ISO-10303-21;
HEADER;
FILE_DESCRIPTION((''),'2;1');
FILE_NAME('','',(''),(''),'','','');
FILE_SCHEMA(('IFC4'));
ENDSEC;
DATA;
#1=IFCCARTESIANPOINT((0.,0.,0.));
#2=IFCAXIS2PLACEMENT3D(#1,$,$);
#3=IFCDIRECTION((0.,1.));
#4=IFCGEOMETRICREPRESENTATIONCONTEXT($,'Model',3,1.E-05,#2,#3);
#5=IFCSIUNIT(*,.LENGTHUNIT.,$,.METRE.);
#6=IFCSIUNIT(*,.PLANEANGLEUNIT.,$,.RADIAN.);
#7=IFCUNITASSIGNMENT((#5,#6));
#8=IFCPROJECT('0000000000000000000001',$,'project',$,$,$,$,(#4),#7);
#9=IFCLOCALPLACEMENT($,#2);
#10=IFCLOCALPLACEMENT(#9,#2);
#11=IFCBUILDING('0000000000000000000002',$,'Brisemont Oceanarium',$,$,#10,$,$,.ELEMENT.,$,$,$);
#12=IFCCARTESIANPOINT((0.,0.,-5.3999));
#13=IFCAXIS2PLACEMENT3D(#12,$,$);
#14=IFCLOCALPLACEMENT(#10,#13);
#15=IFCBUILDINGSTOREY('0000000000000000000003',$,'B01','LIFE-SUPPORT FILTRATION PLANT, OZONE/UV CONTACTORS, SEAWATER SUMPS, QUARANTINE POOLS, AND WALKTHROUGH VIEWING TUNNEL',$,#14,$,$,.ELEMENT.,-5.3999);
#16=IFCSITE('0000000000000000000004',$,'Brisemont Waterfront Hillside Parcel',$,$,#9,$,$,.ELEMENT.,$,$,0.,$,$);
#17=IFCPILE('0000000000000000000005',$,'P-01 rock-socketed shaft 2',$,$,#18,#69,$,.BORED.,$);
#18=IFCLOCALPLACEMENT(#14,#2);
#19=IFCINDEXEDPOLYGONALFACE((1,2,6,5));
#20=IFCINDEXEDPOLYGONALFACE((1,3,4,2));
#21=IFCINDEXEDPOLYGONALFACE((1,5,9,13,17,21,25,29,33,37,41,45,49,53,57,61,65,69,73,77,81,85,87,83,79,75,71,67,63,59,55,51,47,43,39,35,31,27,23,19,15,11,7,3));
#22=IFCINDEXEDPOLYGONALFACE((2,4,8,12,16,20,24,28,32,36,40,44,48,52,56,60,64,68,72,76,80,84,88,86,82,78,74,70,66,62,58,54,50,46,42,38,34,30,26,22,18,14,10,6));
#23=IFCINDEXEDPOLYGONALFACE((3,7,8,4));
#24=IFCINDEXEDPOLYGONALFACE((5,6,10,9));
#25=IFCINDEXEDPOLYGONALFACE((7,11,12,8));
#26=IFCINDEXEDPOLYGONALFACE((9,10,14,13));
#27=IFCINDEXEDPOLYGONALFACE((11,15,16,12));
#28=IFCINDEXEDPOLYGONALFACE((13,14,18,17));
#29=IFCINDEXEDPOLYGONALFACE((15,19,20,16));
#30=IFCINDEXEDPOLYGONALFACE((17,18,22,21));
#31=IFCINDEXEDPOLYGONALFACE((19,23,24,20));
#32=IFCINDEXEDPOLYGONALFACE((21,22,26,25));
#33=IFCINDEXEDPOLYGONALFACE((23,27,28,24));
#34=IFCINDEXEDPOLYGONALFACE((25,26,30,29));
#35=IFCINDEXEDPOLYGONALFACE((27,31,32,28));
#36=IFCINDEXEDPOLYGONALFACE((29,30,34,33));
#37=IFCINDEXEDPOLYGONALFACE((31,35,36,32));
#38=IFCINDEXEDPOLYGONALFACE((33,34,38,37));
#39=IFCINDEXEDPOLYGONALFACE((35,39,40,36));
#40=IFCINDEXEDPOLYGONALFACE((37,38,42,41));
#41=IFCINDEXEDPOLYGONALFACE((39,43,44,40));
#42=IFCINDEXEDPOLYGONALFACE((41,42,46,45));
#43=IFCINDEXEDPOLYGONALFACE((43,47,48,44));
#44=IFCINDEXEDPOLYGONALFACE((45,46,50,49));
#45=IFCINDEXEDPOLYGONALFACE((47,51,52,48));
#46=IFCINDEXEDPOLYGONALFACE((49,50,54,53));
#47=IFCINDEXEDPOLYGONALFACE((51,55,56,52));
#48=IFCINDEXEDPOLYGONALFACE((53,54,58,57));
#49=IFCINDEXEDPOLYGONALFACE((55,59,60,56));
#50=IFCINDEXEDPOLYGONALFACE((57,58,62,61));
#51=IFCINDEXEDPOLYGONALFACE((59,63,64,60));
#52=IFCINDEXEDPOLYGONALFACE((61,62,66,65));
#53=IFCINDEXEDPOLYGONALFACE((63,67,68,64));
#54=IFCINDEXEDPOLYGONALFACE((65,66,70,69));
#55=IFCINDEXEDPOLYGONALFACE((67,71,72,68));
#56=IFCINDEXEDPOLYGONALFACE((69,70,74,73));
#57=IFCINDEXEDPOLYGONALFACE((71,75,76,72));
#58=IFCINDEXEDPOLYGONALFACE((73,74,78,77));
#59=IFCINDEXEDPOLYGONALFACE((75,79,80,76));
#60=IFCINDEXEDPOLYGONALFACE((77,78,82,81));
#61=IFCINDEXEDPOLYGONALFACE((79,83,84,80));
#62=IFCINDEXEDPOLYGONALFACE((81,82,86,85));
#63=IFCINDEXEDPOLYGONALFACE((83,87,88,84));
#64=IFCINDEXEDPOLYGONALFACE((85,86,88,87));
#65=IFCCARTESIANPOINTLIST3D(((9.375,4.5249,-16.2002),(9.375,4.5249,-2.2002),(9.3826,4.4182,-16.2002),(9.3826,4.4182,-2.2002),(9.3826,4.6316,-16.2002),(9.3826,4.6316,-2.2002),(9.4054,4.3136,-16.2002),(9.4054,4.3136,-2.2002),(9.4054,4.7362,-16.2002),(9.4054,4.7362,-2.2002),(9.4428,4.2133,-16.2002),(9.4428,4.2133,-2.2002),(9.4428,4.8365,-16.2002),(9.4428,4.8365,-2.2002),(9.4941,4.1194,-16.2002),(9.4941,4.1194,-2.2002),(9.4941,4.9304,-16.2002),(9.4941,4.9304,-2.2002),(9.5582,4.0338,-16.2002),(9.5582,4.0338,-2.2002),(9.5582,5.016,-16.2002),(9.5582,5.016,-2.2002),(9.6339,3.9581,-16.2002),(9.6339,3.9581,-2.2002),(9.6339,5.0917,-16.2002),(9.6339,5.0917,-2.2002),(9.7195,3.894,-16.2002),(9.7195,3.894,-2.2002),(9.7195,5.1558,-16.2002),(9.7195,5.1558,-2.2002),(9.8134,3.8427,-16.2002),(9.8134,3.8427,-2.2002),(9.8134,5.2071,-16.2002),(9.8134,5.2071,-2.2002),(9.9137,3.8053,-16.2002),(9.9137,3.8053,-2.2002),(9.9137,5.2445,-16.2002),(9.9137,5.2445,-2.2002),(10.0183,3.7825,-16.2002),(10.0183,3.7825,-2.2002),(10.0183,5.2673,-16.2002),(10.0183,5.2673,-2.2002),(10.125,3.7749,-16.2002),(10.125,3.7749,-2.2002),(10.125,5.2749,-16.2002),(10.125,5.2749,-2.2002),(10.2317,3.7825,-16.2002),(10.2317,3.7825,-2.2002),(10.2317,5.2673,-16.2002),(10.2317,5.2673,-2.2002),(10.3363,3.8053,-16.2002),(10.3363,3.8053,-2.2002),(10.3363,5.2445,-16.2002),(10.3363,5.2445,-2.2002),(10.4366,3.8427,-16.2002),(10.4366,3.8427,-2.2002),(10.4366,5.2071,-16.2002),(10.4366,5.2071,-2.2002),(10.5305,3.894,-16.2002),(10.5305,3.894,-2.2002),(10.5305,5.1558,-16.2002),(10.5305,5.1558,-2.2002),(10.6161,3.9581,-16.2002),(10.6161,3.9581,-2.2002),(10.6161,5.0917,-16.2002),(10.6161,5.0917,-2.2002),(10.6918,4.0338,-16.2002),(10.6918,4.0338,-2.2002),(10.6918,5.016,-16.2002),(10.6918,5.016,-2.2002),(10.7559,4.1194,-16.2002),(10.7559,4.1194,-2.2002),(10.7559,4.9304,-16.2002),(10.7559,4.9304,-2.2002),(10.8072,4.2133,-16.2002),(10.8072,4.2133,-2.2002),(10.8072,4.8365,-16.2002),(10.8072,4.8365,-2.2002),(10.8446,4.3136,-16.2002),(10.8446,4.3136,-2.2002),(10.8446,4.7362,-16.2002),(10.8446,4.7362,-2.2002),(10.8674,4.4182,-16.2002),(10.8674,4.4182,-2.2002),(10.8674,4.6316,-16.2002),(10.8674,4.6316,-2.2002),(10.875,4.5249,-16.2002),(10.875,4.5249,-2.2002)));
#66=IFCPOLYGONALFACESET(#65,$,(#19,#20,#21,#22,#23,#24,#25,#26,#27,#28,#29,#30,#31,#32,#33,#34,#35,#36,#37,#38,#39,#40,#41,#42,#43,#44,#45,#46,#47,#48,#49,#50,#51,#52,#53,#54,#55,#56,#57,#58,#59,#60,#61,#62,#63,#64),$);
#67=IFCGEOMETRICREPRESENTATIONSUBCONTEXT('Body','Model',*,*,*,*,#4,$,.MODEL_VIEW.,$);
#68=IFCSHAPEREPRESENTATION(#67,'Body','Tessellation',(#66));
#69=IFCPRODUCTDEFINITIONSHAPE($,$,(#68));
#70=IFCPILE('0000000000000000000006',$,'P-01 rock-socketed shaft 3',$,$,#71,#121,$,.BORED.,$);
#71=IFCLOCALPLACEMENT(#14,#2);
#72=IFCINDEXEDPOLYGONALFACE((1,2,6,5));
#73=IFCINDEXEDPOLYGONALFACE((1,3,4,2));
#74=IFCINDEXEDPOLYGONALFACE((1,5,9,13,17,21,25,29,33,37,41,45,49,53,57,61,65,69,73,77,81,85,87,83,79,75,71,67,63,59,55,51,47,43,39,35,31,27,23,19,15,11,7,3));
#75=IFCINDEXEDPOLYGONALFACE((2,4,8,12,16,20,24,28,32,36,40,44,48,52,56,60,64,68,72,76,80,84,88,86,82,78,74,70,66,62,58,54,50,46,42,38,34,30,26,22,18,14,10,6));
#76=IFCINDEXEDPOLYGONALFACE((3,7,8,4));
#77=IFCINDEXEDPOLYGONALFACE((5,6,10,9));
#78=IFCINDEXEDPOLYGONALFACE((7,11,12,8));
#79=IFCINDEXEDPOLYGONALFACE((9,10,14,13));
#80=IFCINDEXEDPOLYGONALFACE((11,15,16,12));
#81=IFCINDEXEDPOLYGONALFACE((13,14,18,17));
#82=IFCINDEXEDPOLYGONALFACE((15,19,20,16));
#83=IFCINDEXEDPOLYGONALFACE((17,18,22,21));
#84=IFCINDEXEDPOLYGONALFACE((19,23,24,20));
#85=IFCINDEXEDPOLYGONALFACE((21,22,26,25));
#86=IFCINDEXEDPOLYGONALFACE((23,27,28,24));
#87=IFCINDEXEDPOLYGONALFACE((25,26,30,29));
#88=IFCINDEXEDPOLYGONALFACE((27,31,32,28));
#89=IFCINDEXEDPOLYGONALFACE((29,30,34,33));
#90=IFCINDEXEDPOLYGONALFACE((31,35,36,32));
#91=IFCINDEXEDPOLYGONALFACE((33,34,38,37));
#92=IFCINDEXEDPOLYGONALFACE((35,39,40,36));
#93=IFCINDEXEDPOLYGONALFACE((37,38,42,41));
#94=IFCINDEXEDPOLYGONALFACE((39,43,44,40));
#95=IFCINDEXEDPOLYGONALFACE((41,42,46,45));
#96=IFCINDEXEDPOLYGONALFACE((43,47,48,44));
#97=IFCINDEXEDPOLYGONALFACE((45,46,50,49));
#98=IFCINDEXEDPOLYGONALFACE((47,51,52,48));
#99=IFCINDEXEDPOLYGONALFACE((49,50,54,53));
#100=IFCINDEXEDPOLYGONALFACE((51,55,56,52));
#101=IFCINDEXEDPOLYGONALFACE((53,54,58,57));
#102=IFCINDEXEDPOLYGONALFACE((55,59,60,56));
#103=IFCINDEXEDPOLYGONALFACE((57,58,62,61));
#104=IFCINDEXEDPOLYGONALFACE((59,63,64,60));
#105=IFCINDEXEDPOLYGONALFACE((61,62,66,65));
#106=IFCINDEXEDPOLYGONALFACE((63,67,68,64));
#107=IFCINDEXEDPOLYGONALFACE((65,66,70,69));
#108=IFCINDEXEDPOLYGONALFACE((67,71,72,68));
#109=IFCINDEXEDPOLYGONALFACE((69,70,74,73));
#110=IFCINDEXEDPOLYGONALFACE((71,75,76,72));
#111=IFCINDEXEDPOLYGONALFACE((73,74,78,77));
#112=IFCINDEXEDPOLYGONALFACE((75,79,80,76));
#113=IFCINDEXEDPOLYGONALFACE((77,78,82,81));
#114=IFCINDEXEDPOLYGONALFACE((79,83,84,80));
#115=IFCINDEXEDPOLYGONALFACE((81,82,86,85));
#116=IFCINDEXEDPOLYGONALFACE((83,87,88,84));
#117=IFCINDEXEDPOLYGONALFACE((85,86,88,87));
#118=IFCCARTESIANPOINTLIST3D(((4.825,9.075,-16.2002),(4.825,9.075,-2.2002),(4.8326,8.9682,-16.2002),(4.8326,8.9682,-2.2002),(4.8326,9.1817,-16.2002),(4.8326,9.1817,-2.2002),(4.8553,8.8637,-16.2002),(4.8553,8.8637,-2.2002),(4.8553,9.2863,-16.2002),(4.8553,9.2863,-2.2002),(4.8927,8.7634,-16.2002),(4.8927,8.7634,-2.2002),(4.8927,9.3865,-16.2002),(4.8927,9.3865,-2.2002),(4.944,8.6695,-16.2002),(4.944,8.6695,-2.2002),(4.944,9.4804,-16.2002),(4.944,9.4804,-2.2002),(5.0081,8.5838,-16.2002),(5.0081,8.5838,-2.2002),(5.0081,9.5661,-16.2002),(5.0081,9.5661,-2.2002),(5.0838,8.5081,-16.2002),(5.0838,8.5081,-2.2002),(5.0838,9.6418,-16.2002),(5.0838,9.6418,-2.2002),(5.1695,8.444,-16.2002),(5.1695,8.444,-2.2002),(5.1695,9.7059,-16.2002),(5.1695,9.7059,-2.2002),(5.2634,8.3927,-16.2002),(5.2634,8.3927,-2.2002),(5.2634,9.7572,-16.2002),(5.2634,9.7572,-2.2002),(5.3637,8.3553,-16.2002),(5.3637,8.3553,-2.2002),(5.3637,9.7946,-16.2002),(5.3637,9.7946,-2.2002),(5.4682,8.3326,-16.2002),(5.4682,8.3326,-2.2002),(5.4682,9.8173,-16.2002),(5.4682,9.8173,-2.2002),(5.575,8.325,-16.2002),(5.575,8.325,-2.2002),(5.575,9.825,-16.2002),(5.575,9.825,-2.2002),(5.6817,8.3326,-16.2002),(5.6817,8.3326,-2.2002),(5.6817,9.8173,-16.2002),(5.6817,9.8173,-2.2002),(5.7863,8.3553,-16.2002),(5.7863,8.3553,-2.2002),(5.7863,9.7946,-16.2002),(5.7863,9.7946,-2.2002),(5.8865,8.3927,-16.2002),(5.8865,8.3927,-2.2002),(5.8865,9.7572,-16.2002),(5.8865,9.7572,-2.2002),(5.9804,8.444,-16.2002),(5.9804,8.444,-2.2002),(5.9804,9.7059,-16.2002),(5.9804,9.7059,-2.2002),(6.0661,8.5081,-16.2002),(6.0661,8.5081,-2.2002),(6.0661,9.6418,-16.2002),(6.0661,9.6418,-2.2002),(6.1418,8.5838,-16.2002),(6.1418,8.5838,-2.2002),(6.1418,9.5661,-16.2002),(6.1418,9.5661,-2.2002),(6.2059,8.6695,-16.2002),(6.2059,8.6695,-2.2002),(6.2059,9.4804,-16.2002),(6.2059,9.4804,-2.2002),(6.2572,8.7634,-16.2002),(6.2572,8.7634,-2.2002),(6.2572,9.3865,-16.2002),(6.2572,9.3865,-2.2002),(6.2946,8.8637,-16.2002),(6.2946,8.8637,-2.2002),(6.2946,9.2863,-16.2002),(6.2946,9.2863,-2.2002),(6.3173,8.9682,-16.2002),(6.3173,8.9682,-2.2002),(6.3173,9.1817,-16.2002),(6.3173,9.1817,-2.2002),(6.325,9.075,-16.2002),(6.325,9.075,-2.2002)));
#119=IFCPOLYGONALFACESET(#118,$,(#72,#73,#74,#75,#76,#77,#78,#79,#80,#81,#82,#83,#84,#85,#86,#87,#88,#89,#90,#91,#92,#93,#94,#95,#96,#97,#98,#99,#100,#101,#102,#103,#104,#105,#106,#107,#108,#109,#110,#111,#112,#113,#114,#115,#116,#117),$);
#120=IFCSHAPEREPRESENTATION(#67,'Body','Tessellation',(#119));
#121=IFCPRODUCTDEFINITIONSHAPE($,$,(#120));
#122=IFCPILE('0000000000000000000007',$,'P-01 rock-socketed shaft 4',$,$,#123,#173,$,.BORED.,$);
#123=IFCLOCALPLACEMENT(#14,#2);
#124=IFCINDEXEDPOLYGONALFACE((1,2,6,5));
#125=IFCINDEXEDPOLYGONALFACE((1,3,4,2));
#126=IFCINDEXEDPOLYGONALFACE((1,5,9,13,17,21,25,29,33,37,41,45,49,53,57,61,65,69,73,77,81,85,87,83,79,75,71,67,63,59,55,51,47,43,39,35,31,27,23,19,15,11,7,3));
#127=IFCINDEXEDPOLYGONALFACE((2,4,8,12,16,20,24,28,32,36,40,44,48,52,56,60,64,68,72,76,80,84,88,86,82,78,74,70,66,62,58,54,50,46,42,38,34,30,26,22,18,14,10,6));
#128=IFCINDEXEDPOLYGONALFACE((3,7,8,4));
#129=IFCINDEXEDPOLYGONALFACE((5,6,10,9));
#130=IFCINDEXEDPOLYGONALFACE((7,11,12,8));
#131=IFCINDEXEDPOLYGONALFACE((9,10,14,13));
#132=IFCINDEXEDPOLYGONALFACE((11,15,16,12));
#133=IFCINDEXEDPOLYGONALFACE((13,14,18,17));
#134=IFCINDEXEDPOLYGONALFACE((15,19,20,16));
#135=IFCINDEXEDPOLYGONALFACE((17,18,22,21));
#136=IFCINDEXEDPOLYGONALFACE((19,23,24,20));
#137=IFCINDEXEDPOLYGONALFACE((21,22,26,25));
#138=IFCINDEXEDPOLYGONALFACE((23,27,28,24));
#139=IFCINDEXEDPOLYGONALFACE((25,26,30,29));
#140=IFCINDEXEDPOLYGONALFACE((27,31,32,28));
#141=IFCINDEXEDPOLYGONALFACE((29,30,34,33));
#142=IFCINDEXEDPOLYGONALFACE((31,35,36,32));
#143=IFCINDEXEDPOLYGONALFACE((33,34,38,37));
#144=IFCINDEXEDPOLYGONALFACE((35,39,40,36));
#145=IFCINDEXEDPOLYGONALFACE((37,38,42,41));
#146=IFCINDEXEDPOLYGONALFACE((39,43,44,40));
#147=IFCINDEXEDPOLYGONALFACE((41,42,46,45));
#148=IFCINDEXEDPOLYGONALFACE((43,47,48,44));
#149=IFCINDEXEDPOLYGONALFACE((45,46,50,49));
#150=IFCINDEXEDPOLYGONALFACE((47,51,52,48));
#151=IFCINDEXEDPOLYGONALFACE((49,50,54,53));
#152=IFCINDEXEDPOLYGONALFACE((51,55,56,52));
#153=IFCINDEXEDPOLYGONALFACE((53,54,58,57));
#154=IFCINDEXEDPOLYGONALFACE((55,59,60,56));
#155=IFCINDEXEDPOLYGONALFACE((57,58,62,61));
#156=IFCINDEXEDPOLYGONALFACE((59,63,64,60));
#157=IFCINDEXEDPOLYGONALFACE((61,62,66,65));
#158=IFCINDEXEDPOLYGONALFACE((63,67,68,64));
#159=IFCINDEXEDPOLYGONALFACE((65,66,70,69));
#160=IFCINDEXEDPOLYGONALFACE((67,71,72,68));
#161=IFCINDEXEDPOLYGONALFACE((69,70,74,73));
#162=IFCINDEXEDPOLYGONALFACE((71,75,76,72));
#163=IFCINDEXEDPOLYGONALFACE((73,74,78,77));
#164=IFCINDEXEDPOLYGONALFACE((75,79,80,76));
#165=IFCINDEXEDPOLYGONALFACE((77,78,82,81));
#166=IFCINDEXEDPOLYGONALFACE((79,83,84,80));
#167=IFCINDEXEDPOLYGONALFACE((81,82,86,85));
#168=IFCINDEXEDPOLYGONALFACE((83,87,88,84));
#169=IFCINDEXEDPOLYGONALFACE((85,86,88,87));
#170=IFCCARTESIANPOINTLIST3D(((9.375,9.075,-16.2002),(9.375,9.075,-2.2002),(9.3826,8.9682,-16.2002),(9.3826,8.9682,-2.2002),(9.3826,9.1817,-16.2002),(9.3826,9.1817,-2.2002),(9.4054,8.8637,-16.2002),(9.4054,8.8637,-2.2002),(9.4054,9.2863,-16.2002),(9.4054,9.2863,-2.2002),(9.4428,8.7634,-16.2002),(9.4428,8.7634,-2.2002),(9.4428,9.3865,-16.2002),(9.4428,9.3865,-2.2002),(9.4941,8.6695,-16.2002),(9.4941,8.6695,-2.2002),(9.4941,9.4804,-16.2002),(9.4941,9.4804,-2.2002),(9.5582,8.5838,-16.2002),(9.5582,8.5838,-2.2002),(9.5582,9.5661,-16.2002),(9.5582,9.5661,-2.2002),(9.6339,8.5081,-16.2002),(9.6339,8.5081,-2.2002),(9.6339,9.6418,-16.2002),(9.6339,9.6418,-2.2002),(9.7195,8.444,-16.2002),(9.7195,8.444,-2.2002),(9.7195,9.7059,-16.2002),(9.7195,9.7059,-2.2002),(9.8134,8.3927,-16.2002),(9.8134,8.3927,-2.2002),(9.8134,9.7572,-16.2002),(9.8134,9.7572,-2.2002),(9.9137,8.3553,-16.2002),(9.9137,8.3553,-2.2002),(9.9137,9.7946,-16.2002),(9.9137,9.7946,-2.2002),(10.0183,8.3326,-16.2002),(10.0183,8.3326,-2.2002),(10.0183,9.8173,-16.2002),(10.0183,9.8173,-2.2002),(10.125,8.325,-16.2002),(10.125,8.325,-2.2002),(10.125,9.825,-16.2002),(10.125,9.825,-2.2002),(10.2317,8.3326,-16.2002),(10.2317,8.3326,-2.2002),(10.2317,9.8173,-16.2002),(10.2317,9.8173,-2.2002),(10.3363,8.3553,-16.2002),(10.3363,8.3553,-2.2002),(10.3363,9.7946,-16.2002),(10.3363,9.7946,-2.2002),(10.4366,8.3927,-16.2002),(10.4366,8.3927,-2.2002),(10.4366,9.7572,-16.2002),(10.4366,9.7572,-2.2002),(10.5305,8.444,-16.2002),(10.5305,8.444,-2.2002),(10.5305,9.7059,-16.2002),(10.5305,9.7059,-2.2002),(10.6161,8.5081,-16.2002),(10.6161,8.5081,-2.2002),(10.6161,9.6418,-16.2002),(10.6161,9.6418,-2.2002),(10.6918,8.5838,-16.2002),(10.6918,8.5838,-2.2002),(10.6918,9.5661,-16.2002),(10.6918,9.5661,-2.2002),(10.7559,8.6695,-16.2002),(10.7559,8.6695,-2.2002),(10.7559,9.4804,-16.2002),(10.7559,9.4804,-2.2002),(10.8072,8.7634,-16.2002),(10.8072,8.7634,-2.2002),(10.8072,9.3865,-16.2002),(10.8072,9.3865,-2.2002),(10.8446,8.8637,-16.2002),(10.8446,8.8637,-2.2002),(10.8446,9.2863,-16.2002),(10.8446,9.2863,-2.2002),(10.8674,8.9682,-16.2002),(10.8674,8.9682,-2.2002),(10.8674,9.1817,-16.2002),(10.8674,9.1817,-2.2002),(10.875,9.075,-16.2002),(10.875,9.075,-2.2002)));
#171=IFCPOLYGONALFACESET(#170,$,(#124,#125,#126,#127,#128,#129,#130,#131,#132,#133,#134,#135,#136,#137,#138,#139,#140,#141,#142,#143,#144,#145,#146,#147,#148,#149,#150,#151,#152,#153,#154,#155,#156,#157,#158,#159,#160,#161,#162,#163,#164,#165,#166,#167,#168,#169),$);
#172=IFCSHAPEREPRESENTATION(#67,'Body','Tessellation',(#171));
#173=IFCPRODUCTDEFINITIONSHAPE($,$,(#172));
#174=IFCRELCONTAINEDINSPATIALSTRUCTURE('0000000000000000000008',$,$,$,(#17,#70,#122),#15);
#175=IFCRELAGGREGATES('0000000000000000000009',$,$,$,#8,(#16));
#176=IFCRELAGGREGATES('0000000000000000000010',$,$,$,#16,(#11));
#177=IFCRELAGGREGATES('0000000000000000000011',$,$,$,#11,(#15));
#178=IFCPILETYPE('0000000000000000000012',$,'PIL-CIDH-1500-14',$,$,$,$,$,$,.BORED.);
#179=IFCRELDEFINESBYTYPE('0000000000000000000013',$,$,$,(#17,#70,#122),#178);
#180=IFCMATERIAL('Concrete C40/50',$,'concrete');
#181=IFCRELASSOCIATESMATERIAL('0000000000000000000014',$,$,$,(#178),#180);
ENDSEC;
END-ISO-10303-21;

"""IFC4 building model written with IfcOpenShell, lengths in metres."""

from ifc_helpers import new_model, si_unit, direction, frame, origin, origin_2d, place, context, subcontext, project, spatial, circle, extrude, material, material_profile, profile_set, type_object, element, save


model = new_model("IFC4")

# Units and contexts
model_context = context("Model", 3, precision=1e-05, world=origin(), true_north=direction((0.0, 1.0)))
body_context = subcontext(model_context, "Body", "Model", "MODEL_VIEW")
ifc_project = project(units=[si_unit("LENGTHUNIT", "METRE"), si_unit("PLANEANGLEUNIT", "RADIAN")], contexts=[model_context])

# Site, building, storey
site_placement = place(None, origin())
site = spatial("IfcSite", under=ifc_project, at=site_placement, Name="Brisemont Waterfront Hillside Parcel", CompositionType="ELEMENT", RefElevation=0.0)
building_placement = place(site_placement, origin())
building = spatial("IfcBuilding", under=site, at=building_placement, Name="Brisemont Oceanarium", CompositionType="ELEMENT")
storey_placement = place(building_placement, frame((0.0, 0.0, -5.3999)))
storey = spatial("IfcBuildingStorey", under=building, at=storey_placement, Name="B01", Description="LIFE-SUPPORT FILTRATION PLANT, OZONE/UV CONTACTORS, SEAWATER SUMPS, QUARANTINE POOLS, AND WALKTHROUGH VIEWING TUNNEL", CompositionType="ELEMENT", Elevation=-5.3999)

# Piles
ifc_material_1 = material(Name="Concrete C40/50", Category="concrete")
ifc_material_profile_1 = material_profile(ifc_material_1, circle(Radius=0.75, at=origin_2d()), Name="CIDH-D1500")
ifc_profile_set_1 = profile_set([ifc_material_profile_1], Name="Concrete C40/50")
pile_type_1 = type_object("IfcPileType", Name="PIL-CIDH-1500-14", PredefinedType="BORED", material=ifc_profile_set_1)
for number, where, z_axis, x_axis, name in (
    (1, (10.125, 4.5249, -2.2002), (0.0, 0.0, -1.0), (1.0, 0.0, 0.0), "P-01 rock-socketed shaft 2"),
    (2, (5.575, 9.075, -2.2002), (0.0, 0.0, -1.0), (1.0, 0.0, 0.0), "P-01 rock-socketed shaft 3"),
    (3, (10.125, 9.075, -2.2002), (0.0, 0.0, -1.0), (1.0, 0.0, 0.0), "P-01 rock-socketed shaft 4"),
):
    element("IfcPile", number, at=place(storey_placement, frame(where, z_axis=z_axis, x_axis=x_axis)), inside=storey, type_object=pile_type_1, Name=name, PredefinedType="BORED", context=body_context, shape_type="SweptSolid", body=[
        extrude(circle(Radius=0.75, at=origin_2d()), origin(), (0.0, 0.0, 1.0), 14.0),
    ])

save(model, "model.ifc")
